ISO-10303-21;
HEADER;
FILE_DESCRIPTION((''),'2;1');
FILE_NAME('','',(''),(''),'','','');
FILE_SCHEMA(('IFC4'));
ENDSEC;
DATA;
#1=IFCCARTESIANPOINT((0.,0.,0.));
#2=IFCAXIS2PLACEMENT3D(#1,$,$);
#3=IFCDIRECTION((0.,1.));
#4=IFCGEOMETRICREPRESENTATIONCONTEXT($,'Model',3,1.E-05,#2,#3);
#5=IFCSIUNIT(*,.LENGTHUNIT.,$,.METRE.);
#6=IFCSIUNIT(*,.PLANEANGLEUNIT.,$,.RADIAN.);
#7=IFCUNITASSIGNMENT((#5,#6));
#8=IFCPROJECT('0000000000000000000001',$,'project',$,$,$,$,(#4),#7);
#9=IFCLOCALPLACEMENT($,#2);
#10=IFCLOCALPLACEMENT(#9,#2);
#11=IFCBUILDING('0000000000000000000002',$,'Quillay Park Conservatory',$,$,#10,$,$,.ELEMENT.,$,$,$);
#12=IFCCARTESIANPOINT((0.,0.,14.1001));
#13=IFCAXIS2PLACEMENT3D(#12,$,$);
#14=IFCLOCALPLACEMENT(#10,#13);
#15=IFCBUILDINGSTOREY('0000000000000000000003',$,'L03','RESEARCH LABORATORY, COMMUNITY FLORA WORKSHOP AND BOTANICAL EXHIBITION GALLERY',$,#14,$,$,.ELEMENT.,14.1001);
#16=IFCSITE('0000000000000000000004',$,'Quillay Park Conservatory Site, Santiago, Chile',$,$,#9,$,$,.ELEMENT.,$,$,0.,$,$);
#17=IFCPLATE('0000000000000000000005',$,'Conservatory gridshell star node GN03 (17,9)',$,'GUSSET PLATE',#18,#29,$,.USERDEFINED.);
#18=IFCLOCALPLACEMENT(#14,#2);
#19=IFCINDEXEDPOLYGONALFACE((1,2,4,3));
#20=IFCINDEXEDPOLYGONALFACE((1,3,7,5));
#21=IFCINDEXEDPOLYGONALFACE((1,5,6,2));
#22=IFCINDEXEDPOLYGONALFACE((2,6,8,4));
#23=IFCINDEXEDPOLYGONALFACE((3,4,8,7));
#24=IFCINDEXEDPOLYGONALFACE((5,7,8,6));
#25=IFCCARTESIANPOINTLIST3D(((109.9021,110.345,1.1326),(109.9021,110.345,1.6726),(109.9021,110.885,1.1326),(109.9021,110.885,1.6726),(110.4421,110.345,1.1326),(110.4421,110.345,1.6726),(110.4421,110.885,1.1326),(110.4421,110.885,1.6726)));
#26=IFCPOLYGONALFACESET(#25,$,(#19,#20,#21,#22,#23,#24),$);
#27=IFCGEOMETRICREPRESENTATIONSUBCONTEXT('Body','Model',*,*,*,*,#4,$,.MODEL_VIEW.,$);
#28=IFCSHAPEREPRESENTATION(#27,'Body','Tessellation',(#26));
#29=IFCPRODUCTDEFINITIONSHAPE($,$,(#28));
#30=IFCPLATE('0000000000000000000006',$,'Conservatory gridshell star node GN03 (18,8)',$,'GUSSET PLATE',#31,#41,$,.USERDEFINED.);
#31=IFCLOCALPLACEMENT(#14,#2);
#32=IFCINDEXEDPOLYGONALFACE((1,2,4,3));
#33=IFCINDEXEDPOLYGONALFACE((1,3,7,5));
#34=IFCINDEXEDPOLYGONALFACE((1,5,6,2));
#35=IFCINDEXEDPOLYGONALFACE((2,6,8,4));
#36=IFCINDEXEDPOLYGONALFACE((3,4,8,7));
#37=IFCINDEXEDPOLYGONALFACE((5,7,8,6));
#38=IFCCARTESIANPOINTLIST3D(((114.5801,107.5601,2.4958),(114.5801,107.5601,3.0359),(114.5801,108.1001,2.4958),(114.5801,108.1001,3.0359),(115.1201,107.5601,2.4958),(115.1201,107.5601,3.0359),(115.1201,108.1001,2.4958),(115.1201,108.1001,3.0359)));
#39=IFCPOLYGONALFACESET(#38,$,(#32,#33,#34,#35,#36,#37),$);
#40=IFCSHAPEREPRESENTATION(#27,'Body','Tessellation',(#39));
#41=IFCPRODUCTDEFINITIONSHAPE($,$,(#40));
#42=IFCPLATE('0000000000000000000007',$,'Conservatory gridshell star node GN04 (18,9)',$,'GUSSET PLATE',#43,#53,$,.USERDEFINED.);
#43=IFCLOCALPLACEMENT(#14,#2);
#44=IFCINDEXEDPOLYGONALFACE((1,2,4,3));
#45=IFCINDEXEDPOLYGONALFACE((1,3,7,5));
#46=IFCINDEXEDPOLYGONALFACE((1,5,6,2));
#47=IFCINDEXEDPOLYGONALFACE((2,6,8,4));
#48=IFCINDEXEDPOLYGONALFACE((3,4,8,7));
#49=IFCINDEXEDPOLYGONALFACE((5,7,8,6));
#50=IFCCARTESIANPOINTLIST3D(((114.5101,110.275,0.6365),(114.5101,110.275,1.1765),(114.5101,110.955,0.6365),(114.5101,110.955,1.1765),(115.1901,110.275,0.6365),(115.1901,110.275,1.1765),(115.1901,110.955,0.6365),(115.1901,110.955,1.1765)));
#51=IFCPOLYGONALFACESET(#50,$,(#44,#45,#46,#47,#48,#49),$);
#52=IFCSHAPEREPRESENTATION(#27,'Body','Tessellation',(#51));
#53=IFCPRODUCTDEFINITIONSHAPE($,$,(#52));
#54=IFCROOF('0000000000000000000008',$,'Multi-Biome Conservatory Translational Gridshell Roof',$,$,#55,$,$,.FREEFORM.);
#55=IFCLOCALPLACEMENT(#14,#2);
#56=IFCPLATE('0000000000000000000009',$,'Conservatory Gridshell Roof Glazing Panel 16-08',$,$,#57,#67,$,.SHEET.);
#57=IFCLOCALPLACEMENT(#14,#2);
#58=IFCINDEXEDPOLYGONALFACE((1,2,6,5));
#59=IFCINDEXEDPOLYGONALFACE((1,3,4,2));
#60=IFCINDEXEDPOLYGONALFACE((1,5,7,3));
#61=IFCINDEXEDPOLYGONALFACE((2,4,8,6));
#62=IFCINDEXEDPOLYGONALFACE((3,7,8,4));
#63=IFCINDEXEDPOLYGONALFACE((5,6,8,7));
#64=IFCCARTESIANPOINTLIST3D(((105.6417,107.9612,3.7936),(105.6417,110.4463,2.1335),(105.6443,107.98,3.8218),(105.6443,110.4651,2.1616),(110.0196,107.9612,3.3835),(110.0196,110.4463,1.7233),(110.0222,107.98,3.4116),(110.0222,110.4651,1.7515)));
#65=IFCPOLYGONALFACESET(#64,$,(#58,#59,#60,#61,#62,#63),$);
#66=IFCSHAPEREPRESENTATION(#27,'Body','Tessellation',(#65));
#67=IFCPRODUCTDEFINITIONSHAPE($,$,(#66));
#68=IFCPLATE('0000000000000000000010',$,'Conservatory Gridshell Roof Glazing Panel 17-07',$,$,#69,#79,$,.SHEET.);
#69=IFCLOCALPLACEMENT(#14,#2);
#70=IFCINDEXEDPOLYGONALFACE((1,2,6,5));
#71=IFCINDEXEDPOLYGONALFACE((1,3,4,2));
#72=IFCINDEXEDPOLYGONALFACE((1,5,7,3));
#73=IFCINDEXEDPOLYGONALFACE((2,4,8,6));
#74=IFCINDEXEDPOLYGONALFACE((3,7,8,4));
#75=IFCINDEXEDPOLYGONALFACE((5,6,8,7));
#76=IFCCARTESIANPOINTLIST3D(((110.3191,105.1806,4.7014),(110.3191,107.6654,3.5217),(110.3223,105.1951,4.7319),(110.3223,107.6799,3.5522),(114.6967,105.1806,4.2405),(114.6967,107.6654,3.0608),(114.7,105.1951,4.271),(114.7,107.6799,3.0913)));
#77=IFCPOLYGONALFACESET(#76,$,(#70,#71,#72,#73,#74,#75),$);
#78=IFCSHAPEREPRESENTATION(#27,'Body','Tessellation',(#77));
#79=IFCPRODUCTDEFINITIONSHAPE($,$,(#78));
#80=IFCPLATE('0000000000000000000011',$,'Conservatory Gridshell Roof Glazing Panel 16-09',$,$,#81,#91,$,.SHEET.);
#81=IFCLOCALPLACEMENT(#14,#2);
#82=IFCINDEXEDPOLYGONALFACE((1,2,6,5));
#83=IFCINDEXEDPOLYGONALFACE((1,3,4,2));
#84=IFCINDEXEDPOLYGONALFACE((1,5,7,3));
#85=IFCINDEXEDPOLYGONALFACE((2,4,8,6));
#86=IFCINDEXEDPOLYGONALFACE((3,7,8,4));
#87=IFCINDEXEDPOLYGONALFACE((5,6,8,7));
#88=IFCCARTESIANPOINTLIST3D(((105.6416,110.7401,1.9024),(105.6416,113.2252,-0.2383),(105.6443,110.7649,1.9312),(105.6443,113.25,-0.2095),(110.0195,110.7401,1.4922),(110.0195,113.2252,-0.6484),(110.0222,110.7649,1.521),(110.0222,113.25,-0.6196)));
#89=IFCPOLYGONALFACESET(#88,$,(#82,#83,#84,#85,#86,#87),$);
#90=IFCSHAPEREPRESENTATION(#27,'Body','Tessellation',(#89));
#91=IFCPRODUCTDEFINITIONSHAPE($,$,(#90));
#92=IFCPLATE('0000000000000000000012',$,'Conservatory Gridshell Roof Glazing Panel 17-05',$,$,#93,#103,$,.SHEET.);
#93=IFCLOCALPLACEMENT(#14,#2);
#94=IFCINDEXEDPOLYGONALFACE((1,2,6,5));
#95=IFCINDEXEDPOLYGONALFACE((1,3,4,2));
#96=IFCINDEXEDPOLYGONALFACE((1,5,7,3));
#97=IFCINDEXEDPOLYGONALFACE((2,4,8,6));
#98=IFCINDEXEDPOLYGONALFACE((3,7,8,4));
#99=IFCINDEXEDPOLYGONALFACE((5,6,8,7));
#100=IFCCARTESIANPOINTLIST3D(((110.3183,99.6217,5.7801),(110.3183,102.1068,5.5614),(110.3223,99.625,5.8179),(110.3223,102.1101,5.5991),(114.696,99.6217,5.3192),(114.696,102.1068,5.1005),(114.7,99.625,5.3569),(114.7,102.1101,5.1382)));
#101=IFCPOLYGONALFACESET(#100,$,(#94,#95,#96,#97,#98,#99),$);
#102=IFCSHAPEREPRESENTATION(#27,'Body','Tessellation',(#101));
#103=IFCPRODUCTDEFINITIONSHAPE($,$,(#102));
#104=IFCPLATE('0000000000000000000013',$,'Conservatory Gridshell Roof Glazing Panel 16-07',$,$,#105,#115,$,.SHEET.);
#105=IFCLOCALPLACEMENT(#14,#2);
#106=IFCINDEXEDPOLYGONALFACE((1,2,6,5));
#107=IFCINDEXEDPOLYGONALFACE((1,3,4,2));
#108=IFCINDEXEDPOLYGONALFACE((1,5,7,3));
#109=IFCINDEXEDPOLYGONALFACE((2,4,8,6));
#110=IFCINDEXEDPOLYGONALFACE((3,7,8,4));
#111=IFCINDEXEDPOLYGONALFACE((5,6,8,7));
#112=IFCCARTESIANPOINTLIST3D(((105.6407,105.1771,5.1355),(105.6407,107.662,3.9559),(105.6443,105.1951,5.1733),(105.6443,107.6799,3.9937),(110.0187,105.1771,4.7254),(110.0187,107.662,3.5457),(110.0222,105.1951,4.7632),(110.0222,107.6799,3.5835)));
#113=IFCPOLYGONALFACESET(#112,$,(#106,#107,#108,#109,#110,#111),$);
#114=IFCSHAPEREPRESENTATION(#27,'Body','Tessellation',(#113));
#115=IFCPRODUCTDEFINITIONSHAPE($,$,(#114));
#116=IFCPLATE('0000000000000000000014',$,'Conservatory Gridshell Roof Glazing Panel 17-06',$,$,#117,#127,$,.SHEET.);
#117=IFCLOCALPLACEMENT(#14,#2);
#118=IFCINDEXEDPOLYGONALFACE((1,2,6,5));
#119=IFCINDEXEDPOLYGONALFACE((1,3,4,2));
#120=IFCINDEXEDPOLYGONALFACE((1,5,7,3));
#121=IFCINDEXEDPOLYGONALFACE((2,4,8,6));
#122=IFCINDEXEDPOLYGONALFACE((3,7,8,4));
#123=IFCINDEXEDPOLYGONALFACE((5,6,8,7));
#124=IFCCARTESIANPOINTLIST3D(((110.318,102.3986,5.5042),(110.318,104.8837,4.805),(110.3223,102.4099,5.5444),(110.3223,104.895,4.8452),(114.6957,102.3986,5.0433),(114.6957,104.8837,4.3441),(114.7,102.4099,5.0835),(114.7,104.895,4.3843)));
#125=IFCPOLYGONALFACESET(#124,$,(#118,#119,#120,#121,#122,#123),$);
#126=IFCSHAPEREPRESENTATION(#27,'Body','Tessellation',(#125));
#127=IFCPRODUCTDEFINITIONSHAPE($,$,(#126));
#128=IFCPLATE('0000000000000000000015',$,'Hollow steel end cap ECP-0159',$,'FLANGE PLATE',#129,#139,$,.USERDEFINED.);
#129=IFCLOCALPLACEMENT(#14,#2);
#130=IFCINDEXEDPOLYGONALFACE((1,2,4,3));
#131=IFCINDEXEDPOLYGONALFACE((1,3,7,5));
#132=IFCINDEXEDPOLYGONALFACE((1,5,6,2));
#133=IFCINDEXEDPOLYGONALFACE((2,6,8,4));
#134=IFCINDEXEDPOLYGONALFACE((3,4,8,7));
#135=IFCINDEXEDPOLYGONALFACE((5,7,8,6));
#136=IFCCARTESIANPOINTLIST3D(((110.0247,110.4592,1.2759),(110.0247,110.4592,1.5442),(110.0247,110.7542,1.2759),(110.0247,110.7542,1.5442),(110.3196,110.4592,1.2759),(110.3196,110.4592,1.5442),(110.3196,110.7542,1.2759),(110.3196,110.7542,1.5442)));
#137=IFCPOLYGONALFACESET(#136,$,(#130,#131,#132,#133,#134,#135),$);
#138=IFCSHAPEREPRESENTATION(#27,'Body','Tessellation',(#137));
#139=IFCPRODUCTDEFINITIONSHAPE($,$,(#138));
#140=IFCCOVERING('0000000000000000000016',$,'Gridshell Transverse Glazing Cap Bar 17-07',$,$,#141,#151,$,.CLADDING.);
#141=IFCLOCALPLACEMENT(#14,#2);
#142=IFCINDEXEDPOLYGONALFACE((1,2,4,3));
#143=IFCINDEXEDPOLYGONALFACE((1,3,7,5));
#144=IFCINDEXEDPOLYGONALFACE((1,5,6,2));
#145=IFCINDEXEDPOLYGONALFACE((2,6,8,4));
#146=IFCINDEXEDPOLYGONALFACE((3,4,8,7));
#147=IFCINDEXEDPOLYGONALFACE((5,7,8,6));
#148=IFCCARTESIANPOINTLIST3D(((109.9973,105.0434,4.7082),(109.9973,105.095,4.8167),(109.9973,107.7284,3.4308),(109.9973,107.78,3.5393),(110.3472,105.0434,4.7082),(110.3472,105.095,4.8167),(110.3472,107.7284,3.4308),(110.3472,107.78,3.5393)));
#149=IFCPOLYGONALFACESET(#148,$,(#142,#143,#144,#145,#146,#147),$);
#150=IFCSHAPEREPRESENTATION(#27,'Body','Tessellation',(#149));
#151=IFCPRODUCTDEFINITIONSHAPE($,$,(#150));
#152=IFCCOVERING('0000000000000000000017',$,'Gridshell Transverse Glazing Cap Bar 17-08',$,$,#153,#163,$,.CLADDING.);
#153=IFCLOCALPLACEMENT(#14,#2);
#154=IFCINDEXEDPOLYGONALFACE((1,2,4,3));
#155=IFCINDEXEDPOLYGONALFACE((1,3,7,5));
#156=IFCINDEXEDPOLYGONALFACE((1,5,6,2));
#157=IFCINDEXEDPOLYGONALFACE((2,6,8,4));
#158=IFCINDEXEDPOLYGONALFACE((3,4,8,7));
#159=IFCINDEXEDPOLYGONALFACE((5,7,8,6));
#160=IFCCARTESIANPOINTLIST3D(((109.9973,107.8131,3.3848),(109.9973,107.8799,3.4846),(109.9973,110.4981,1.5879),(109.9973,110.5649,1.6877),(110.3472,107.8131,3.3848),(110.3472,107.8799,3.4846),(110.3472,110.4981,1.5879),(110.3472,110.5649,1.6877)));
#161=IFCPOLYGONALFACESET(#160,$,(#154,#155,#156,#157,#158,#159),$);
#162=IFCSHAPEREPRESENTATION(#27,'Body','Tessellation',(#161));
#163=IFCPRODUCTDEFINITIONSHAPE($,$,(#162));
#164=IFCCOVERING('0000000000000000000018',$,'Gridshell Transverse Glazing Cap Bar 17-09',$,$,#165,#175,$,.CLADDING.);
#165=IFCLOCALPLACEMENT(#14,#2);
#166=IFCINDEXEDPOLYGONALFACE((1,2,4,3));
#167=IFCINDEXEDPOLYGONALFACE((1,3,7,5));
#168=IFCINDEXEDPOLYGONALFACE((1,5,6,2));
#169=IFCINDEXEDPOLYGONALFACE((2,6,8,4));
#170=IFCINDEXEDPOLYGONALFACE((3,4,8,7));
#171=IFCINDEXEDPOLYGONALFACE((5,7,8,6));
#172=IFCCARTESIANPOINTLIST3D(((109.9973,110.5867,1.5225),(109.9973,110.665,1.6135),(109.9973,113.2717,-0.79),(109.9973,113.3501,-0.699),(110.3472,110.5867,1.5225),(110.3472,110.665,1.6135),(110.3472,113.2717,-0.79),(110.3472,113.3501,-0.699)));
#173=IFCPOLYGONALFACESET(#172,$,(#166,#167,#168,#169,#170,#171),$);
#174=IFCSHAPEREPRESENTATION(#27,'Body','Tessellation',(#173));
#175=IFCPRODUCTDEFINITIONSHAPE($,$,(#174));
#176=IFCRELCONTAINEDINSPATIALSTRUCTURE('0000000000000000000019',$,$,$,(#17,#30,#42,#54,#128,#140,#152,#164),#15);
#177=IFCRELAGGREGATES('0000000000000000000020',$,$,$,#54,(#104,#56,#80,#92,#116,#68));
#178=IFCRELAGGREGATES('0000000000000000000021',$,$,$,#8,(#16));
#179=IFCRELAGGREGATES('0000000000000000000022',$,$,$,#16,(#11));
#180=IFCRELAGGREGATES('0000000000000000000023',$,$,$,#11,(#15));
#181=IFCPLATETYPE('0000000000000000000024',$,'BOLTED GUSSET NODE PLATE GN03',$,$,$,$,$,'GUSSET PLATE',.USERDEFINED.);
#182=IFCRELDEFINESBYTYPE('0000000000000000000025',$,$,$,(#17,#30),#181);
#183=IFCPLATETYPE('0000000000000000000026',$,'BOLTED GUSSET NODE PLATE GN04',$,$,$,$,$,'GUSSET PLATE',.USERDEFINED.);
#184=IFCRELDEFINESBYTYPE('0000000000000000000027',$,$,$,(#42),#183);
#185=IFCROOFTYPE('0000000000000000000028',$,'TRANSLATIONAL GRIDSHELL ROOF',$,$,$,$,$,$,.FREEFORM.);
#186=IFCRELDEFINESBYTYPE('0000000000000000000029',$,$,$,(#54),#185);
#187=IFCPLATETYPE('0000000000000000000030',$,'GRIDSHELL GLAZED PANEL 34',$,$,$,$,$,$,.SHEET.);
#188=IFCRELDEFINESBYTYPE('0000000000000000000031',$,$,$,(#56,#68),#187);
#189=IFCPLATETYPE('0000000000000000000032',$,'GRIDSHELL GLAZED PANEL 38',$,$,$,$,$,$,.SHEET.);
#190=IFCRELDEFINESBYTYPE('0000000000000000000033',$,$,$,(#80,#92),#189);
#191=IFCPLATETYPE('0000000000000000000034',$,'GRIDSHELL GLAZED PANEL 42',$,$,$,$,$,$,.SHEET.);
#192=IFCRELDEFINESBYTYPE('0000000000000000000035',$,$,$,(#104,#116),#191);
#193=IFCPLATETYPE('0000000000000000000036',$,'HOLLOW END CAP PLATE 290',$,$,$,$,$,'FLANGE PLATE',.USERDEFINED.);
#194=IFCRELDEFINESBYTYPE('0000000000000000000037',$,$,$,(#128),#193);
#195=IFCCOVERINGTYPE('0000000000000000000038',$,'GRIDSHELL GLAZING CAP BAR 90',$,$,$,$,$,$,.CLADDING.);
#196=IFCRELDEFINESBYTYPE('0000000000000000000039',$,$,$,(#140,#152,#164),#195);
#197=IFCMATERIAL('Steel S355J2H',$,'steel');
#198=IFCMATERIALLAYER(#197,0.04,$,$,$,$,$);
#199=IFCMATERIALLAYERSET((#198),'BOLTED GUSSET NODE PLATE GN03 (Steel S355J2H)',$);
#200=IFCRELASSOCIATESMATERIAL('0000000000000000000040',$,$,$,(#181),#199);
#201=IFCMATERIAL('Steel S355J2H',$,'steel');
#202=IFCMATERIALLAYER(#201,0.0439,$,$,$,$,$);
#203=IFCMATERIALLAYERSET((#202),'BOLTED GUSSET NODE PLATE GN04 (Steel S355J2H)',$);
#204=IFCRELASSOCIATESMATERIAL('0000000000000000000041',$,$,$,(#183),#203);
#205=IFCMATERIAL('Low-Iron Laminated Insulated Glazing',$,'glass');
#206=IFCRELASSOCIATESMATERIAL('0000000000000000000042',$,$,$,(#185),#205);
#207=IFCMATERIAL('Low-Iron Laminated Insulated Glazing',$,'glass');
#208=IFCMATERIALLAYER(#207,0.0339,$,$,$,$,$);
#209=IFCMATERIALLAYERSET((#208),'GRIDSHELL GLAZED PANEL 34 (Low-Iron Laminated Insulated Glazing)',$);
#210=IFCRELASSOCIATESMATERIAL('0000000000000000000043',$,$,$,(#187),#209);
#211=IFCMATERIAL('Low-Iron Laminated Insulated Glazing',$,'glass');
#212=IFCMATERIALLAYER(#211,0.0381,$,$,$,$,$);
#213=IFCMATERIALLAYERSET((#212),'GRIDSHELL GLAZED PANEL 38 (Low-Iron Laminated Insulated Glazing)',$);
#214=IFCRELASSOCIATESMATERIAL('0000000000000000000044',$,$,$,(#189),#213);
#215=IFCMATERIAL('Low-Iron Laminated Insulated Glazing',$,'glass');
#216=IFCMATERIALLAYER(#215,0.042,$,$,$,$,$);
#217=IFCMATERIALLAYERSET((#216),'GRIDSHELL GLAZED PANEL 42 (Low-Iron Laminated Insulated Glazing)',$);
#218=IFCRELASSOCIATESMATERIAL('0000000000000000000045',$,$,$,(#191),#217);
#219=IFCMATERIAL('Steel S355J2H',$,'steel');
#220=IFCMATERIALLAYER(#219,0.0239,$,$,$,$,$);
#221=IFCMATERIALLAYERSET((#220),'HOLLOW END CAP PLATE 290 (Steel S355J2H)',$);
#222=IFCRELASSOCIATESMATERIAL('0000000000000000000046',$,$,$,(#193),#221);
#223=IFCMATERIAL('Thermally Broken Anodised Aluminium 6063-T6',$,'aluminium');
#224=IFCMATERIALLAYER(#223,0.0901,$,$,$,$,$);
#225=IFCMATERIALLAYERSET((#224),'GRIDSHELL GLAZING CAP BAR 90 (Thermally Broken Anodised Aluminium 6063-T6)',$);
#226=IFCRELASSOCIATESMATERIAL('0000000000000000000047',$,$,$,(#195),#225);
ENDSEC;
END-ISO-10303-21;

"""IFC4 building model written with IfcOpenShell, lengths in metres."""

from ifc_helpers import new_model, si_unit, direction, frame, origin, origin_2d, place, context, subcontext, project, spatial, polyline, rectangle, outline, extrude, material, layer, layer_set, type_object, element, aggregate, save


model = new_model("IFC4")

# Units and contexts
model_context = context("Model", 3, precision=1e-05, world=origin(), true_north=direction((0.0, 1.0)))
body_context = subcontext(model_context, "Body", "Model", "MODEL_VIEW")
ifc_project = project(units=[si_unit("LENGTHUNIT", "METRE"), si_unit("PLANEANGLEUNIT", "RADIAN")], contexts=[model_context])

# Site, building, storey
site_placement = place(None, origin())
site = spatial("IfcSite", under=ifc_project, at=site_placement, Name="Quillay Park Conservatory Site, Santiago, Chile", CompositionType="ELEMENT", RefElevation=0.0)
building_placement = place(site_placement, origin())
building = spatial("IfcBuilding", under=site, at=building_placement, Name="Quillay Park Conservatory", CompositionType="ELEMENT")
storey_placement = place(building_placement, frame((0.0, 0.0, 14.1001)))
storey = spatial("IfcBuildingStorey", under=building, at=storey_placement, Name="L03", Description="RESEARCH LABORATORY, COMMUNITY FLORA WORKSHOP AND BOTANICAL EXHIBITION GALLERY", CompositionType="ELEMENT", Elevation=14.1001)

# Plates
ifc_material_1 = material(Name="Steel S355J2H", Category="steel")
ifc_layer_1 = layer(ifc_material_1, 0.04)
ifc_layer_set_1 = layer_set([ifc_layer_1], Name="BOLTED GUSSET NODE PLATE GN03 (Steel S355J2H)")
plate_type_1 = type_object("IfcPlateType", Name="BOLTED GUSSET NODE PLATE GN03", ElementType="GUSSET PLATE", PredefinedType="USERDEFINED", material=ifc_layer_set_1)
for number, where, z_axis, x_axis, name in (
    (1, (110.1721, 110.615, 1.1326), (0.0, 0.0, 1.0), (1.0, 0.0, 0.0), "Conservatory gridshell star node GN03 (17,9)"),
    (2, (114.8501, 107.8301, 2.4958), (0.0, 0.0, 1.0), (1.0, 0.0, 0.0), "Conservatory gridshell star node GN03 (18,8)"),
):
    element("IfcPlate", number, at=place(storey_placement, frame(where, z_axis=z_axis, x_axis=x_axis)), inside=storey, type_object=plate_type_1, Name=name, ObjectType="GUSSET PLATE", PredefinedType="USERDEFINED", context=body_context, shape_type="SweptSolid", body=[
        extrude(rectangle(XDim=0.54, YDim=0.54, at=origin_2d()), origin(), (0.0, 0.0, 1.0), 0.54),
    ])
ifc_material_2 = material(Name="Steel S355J2H", Category="steel")
ifc_layer_2 = layer(ifc_material_2, 0.0439)
ifc_layer_set_2 = layer_set([ifc_layer_2], Name="BOLTED GUSSET NODE PLATE GN04 (Steel S355J2H)")
plate_type_2 = type_object("IfcPlateType", Name="BOLTED GUSSET NODE PLATE GN04", ElementType="GUSSET PLATE", PredefinedType="USERDEFINED", material=ifc_layer_set_2)
plate_1_placement = place(storey_placement, frame((114.8501, 110.615, 0.6365), z_axis=(0.0, 0.0, 1.0), x_axis=(1.0, 0.0, 0.0)))
element("IfcPlate", 3, at=plate_1_placement, inside=storey, type_object=plate_type_2, Name="Conservatory gridshell star node GN04 (18,9)", ObjectType="GUSSET PLATE", PredefinedType="USERDEFINED", context=body_context, shape_type="SweptSolid", body=[
    extrude(rectangle(XDim=0.6799, YDim=0.6799, at=origin_2d()), origin(), (0.0, 0.0, 1.0), 0.54),
])

# Roof, plates
ifc_material_3 = material(Name="Low-Iron Laminated Insulated Glazing", Category="glass")
roof_type = type_object("IfcRoofType", Name="TRANSLATIONAL GRIDSHELL ROOF", PredefinedType="FREEFORM", material=ifc_material_3)
roof_placement = place(storey_placement, origin())
roof = element("IfcRoof", 4, at=roof_placement, inside=storey, type_object=roof_type, Name="Multi-Biome Conservatory Translational Gridshell Roof", PredefinedType="FREEFORM")
ifc_material_4 = material(Name="Low-Iron Laminated Insulated Glazing", Category="glass")
ifc_layer_3 = layer(ifc_material_4, 0.0339)
ifc_layer_set_3 = layer_set([ifc_layer_3], Name="GRIDSHELL GLAZED PANEL 34 (Low-Iron Laminated Insulated Glazing)")
plate_type_3 = type_object("IfcPlateType", Name="GRIDSHELL GLAZED PANEL 34", PredefinedType="SHEET", material=ifc_layer_set_3)
plate_2_placement = place(storey_placement, frame((105.6443, 107.98, 3.8218), z_axis=(0.077668, 0.553814, 0.82901), x_axis=(0.99564, 0.0, -0.093279)))
plate_2 = element("IfcPlate", 5, at=plate_2_placement, type_object=plate_type_3, Name="Conservatory Gridshell Roof Glazing Panel 16-08", PredefinedType="SHEET", context=body_context, shape_type="SweptSolid", body=[
    extrude(outline(polyline([(0.0, 0.0), (4.3971, 0.0), (4.552, 2.9846), (0.1549, 2.9846), (0.0, 0.0)])), origin(), (0.0, 0.0, -1.0), 0.0339),
])
plate_3_placement = place(storey_placement, frame((110.3223, 105.1951, 4.7319), z_axis=(0.09469, 0.426945, 0.899306), x_axis=(0.994502, 0.0, -0.104714)))
plate_3 = element("IfcPlate", 6, at=plate_3_placement, type_object=plate_type_3, Name="Conservatory Gridshell Roof Glazing Panel 17-07", PredefinedType="SHEET", context=body_context, shape_type="SweptSolid", body=[
    extrude(outline(polyline([(0.0, 0.0), (4.4019, 0.0), (4.5254, 2.7479), (0.1235, 2.7479), (0.0, 0.0)])), origin(), (0.0, 0.0, -1.0), 0.0339),
])
ifc_material_5 = material(Name="Low-Iron Laminated Insulated Glazing", Category="glass")
ifc_layer_4 = layer(ifc_material_5, 0.0381)
ifc_layer_set_4 = layer_set([ifc_layer_4], Name="GRIDSHELL GLAZED PANEL 38 (Low-Iron Laminated Insulated Glazing)")
plate_type_4 = type_object("IfcPlateType", Name="GRIDSHELL GLAZED PANEL 38", PredefinedType="SHEET", material=ifc_layer_set_4)
plate_4_placement = place(storey_placement, frame((105.6443, 110.7649, 1.9312), z_axis=(0.070806, 0.651003, 0.755766), x_axis=(0.99564, 0.0, -0.093279)))
plate_4 = element("IfcPlate", 7, at=plate_4_placement, type_object=plate_type_4, Name="Conservatory Gridshell Roof Glazing Panel 16-09", PredefinedType="SHEET", context=body_context, shape_type="SweptSolid", body=[
    extrude(outline(polyline([(0.0, 0.0), (4.3971, 0.0), (4.5968, 3.2739), (0.1997, 3.2739), (0.0, 0.0)])), origin(), (0.0, 0.0, -1.0), 0.0381),
])
plate_5_placement = place(storey_placement, frame((110.3223, 99.625, 5.8179), z_axis=(0.104315, 0.087207, 0.990714), x_axis=(0.994502, 0.0, -0.104714)))
plate_5 = element("IfcPlate", 8, at=plate_5_placement, type_object=plate_type_4, Name="Conservatory Gridshell Roof Glazing Panel 17-05", PredefinedType="SHEET", context=body_context, shape_type="SweptSolid", body=[
    extrude(outline(polyline([(0.0, 0.0), (4.4019, 0.0), (4.4248, 2.4946), (0.0229, 2.4946), (0.0, 0.0)])), origin(), (0.0, 0.0, -1.0), 0.0381),
])
ifc_material_6 = material(Name="Low-Iron Laminated Insulated Glazing", Category="glass")
ifc_layer_5 = layer(ifc_material_6, 0.042)
ifc_layer_set_5 = layer_set([ifc_layer_5], Name="GRIDSHELL GLAZED PANEL 42 (Low-Iron Laminated Insulated Glazing)")
plate_type_5 = type_object("IfcPlateType", Name="GRIDSHELL GLAZED PANEL 42", PredefinedType="SHEET", material=ifc_layer_set_5)
plate_6_placement = place(storey_placement, frame((105.6443, 105.1951, 5.1733), z_axis=(0.084332, 0.427344, 0.900147), x_axis=(0.99564, 0.0, -0.093279)))
plate_6 = element("IfcPlate", 9, at=plate_6_placement, type_object=plate_type_5, Name="Conservatory Gridshell Roof Glazing Panel 16-07", PredefinedType="SHEET", context=body_context, shape_type="SweptSolid", body=[
    extrude(outline(polyline([(0.0, 0.0), (4.3971, 0.0), (4.5071, 2.7485), (0.11, 2.7485), (0.0, 0.0)])), origin(), (0.0, 0.0, -1.0), 0.042),
])
plate_7_placement = place(storey_placement, frame((110.3223, 102.4099, 5.5444), z_axis=(0.10084, 0.269466, 0.957716), x_axis=(0.994502, 0.0, -0.104714)))
plate_7 = element("IfcPlate", 10, at=plate_7_placement, type_object=plate_type_5, Name="Conservatory Gridshell Roof Glazing Panel 17-06", PredefinedType="SHEET", context=body_context, shape_type="SweptSolid", body=[
    extrude(outline(polyline([(0.0, 0.0), (4.4019, 0.0), (4.4751, 2.5806), (0.0732, 2.5806), (0.0, 0.0)])), origin(), (0.0, 0.0, -1.0), 0.042),
])
aggregate(roof, [plate_6, plate_2, plate_4, plate_5, plate_7, plate_3])

# Plate
ifc_material_7 = material(Name="Steel S355J2H", Category="steel")
ifc_layer_6 = layer(ifc_material_7, 0.0239)
ifc_layer_set_6 = layer_set([ifc_layer_6], Name="HOLLOW END CAP PLATE 290 (Steel S355J2H)")
plate_type_6 = type_object("IfcPlateType", Name="HOLLOW END CAP PLATE 290", ElementType="FLANGE PLATE", PredefinedType="USERDEFINED", material=ifc_layer_set_6)
plate_8_placement = place(storey_placement, frame((110.1721, 110.6067, 1.2759), z_axis=(0.0, 0.0, 1.0), x_axis=(1.0, 0.0, 0.0)))
element("IfcPlate", 11, at=plate_8_placement, inside=storey, type_object=plate_type_6, Name="Hollow steel end cap ECP-0159", ObjectType="FLANGE PLATE", PredefinedType="USERDEFINED", context=body_context, shape_type="SweptSolid", body=[
    extrude(rectangle(XDim=0.2949, YDim=0.2949, at=origin_2d()), origin(), (0.0, 0.0, 1.0), 0.2683),
])

# Coverings
ifc_material_8 = material(Name="Thermally Broken Anodised Aluminium 6063-T6", Category="aluminium")
ifc_layer_7 = layer(ifc_material_8, 0.0901)
ifc_layer_set_7 = layer_set([ifc_layer_7], Name="GRIDSHELL GLAZING CAP BAR 90 (Thermally Broken Anodised Aluminium 6063-T6)")
covering_type = type_object("IfcCoveringType", Name="GRIDSHELL GLAZING CAP BAR 90", PredefinedType="CLADDING", material=ifc_layer_set_7)
covering_1_placement = place(storey_placement, frame((109.9973, 105.095, 4.8167), z_axis=(0.0, 0.429589, 0.903024), x_axis=(1.0, 0.0, 0.0)))
element("IfcCovering", 12, at=covering_1_placement, inside=storey, type_object=covering_type, Name="Gridshell Transverse Glazing Cap Bar 17-07", PredefinedType="CLADDING", context=body_context, shape_type="SweptSolid", body=[
    extrude(outline(polyline([(0.0, 0.0), (0.3499, 0.0), (0.3499, 2.9734), (0.0, 2.9734), (0.0, 0.0)])), origin(), (0.0, 0.0, -1.0), 0.1201),
])
covering_2_placement = place(storey_placement, frame((109.9973, 107.8799, 3.4846), z_axis=(0.0, 0.556164, 0.831072), x_axis=(1.0, 0.0, 0.0)))
element("IfcCovering", 13, at=covering_2_placement, inside=storey, type_object=covering_type, Name="Gridshell Transverse Glazing Cap Bar 17-08", PredefinedType="CLADDING", context=body_context, shape_type="SweptSolid", body=[
    extrude(outline(polyline([(0.0, 0.0), (0.3499, 0.0), (0.3499, 3.2308), (0.0, 3.2308), (0.0, 0.0)])), origin(), (0.0, 0.0, -1.0), 0.1201),
])
covering_3_placement = place(storey_placement, frame((109.9973, 110.665, 1.6135), z_axis=(0.0, 0.652582, 0.757718), x_axis=(1.0, 0.0, 0.0)))
element("IfcCovering", 14, at=covering_3_placement, inside=storey, type_object=covering_type, Name="Gridshell Transverse Glazing Cap Bar 17-09", PredefinedType="CLADDING", context=body_context, shape_type="SweptSolid", body=[
    extrude(outline(polyline([(0.0, 0.0), (0.3499, 0.0), (0.3499, 3.5436), (0.0, 3.5436), (0.0, 0.0)])), origin(), (0.0, 0.0, -1.0), 0.1201),
])

save(model, "model.ifc")
